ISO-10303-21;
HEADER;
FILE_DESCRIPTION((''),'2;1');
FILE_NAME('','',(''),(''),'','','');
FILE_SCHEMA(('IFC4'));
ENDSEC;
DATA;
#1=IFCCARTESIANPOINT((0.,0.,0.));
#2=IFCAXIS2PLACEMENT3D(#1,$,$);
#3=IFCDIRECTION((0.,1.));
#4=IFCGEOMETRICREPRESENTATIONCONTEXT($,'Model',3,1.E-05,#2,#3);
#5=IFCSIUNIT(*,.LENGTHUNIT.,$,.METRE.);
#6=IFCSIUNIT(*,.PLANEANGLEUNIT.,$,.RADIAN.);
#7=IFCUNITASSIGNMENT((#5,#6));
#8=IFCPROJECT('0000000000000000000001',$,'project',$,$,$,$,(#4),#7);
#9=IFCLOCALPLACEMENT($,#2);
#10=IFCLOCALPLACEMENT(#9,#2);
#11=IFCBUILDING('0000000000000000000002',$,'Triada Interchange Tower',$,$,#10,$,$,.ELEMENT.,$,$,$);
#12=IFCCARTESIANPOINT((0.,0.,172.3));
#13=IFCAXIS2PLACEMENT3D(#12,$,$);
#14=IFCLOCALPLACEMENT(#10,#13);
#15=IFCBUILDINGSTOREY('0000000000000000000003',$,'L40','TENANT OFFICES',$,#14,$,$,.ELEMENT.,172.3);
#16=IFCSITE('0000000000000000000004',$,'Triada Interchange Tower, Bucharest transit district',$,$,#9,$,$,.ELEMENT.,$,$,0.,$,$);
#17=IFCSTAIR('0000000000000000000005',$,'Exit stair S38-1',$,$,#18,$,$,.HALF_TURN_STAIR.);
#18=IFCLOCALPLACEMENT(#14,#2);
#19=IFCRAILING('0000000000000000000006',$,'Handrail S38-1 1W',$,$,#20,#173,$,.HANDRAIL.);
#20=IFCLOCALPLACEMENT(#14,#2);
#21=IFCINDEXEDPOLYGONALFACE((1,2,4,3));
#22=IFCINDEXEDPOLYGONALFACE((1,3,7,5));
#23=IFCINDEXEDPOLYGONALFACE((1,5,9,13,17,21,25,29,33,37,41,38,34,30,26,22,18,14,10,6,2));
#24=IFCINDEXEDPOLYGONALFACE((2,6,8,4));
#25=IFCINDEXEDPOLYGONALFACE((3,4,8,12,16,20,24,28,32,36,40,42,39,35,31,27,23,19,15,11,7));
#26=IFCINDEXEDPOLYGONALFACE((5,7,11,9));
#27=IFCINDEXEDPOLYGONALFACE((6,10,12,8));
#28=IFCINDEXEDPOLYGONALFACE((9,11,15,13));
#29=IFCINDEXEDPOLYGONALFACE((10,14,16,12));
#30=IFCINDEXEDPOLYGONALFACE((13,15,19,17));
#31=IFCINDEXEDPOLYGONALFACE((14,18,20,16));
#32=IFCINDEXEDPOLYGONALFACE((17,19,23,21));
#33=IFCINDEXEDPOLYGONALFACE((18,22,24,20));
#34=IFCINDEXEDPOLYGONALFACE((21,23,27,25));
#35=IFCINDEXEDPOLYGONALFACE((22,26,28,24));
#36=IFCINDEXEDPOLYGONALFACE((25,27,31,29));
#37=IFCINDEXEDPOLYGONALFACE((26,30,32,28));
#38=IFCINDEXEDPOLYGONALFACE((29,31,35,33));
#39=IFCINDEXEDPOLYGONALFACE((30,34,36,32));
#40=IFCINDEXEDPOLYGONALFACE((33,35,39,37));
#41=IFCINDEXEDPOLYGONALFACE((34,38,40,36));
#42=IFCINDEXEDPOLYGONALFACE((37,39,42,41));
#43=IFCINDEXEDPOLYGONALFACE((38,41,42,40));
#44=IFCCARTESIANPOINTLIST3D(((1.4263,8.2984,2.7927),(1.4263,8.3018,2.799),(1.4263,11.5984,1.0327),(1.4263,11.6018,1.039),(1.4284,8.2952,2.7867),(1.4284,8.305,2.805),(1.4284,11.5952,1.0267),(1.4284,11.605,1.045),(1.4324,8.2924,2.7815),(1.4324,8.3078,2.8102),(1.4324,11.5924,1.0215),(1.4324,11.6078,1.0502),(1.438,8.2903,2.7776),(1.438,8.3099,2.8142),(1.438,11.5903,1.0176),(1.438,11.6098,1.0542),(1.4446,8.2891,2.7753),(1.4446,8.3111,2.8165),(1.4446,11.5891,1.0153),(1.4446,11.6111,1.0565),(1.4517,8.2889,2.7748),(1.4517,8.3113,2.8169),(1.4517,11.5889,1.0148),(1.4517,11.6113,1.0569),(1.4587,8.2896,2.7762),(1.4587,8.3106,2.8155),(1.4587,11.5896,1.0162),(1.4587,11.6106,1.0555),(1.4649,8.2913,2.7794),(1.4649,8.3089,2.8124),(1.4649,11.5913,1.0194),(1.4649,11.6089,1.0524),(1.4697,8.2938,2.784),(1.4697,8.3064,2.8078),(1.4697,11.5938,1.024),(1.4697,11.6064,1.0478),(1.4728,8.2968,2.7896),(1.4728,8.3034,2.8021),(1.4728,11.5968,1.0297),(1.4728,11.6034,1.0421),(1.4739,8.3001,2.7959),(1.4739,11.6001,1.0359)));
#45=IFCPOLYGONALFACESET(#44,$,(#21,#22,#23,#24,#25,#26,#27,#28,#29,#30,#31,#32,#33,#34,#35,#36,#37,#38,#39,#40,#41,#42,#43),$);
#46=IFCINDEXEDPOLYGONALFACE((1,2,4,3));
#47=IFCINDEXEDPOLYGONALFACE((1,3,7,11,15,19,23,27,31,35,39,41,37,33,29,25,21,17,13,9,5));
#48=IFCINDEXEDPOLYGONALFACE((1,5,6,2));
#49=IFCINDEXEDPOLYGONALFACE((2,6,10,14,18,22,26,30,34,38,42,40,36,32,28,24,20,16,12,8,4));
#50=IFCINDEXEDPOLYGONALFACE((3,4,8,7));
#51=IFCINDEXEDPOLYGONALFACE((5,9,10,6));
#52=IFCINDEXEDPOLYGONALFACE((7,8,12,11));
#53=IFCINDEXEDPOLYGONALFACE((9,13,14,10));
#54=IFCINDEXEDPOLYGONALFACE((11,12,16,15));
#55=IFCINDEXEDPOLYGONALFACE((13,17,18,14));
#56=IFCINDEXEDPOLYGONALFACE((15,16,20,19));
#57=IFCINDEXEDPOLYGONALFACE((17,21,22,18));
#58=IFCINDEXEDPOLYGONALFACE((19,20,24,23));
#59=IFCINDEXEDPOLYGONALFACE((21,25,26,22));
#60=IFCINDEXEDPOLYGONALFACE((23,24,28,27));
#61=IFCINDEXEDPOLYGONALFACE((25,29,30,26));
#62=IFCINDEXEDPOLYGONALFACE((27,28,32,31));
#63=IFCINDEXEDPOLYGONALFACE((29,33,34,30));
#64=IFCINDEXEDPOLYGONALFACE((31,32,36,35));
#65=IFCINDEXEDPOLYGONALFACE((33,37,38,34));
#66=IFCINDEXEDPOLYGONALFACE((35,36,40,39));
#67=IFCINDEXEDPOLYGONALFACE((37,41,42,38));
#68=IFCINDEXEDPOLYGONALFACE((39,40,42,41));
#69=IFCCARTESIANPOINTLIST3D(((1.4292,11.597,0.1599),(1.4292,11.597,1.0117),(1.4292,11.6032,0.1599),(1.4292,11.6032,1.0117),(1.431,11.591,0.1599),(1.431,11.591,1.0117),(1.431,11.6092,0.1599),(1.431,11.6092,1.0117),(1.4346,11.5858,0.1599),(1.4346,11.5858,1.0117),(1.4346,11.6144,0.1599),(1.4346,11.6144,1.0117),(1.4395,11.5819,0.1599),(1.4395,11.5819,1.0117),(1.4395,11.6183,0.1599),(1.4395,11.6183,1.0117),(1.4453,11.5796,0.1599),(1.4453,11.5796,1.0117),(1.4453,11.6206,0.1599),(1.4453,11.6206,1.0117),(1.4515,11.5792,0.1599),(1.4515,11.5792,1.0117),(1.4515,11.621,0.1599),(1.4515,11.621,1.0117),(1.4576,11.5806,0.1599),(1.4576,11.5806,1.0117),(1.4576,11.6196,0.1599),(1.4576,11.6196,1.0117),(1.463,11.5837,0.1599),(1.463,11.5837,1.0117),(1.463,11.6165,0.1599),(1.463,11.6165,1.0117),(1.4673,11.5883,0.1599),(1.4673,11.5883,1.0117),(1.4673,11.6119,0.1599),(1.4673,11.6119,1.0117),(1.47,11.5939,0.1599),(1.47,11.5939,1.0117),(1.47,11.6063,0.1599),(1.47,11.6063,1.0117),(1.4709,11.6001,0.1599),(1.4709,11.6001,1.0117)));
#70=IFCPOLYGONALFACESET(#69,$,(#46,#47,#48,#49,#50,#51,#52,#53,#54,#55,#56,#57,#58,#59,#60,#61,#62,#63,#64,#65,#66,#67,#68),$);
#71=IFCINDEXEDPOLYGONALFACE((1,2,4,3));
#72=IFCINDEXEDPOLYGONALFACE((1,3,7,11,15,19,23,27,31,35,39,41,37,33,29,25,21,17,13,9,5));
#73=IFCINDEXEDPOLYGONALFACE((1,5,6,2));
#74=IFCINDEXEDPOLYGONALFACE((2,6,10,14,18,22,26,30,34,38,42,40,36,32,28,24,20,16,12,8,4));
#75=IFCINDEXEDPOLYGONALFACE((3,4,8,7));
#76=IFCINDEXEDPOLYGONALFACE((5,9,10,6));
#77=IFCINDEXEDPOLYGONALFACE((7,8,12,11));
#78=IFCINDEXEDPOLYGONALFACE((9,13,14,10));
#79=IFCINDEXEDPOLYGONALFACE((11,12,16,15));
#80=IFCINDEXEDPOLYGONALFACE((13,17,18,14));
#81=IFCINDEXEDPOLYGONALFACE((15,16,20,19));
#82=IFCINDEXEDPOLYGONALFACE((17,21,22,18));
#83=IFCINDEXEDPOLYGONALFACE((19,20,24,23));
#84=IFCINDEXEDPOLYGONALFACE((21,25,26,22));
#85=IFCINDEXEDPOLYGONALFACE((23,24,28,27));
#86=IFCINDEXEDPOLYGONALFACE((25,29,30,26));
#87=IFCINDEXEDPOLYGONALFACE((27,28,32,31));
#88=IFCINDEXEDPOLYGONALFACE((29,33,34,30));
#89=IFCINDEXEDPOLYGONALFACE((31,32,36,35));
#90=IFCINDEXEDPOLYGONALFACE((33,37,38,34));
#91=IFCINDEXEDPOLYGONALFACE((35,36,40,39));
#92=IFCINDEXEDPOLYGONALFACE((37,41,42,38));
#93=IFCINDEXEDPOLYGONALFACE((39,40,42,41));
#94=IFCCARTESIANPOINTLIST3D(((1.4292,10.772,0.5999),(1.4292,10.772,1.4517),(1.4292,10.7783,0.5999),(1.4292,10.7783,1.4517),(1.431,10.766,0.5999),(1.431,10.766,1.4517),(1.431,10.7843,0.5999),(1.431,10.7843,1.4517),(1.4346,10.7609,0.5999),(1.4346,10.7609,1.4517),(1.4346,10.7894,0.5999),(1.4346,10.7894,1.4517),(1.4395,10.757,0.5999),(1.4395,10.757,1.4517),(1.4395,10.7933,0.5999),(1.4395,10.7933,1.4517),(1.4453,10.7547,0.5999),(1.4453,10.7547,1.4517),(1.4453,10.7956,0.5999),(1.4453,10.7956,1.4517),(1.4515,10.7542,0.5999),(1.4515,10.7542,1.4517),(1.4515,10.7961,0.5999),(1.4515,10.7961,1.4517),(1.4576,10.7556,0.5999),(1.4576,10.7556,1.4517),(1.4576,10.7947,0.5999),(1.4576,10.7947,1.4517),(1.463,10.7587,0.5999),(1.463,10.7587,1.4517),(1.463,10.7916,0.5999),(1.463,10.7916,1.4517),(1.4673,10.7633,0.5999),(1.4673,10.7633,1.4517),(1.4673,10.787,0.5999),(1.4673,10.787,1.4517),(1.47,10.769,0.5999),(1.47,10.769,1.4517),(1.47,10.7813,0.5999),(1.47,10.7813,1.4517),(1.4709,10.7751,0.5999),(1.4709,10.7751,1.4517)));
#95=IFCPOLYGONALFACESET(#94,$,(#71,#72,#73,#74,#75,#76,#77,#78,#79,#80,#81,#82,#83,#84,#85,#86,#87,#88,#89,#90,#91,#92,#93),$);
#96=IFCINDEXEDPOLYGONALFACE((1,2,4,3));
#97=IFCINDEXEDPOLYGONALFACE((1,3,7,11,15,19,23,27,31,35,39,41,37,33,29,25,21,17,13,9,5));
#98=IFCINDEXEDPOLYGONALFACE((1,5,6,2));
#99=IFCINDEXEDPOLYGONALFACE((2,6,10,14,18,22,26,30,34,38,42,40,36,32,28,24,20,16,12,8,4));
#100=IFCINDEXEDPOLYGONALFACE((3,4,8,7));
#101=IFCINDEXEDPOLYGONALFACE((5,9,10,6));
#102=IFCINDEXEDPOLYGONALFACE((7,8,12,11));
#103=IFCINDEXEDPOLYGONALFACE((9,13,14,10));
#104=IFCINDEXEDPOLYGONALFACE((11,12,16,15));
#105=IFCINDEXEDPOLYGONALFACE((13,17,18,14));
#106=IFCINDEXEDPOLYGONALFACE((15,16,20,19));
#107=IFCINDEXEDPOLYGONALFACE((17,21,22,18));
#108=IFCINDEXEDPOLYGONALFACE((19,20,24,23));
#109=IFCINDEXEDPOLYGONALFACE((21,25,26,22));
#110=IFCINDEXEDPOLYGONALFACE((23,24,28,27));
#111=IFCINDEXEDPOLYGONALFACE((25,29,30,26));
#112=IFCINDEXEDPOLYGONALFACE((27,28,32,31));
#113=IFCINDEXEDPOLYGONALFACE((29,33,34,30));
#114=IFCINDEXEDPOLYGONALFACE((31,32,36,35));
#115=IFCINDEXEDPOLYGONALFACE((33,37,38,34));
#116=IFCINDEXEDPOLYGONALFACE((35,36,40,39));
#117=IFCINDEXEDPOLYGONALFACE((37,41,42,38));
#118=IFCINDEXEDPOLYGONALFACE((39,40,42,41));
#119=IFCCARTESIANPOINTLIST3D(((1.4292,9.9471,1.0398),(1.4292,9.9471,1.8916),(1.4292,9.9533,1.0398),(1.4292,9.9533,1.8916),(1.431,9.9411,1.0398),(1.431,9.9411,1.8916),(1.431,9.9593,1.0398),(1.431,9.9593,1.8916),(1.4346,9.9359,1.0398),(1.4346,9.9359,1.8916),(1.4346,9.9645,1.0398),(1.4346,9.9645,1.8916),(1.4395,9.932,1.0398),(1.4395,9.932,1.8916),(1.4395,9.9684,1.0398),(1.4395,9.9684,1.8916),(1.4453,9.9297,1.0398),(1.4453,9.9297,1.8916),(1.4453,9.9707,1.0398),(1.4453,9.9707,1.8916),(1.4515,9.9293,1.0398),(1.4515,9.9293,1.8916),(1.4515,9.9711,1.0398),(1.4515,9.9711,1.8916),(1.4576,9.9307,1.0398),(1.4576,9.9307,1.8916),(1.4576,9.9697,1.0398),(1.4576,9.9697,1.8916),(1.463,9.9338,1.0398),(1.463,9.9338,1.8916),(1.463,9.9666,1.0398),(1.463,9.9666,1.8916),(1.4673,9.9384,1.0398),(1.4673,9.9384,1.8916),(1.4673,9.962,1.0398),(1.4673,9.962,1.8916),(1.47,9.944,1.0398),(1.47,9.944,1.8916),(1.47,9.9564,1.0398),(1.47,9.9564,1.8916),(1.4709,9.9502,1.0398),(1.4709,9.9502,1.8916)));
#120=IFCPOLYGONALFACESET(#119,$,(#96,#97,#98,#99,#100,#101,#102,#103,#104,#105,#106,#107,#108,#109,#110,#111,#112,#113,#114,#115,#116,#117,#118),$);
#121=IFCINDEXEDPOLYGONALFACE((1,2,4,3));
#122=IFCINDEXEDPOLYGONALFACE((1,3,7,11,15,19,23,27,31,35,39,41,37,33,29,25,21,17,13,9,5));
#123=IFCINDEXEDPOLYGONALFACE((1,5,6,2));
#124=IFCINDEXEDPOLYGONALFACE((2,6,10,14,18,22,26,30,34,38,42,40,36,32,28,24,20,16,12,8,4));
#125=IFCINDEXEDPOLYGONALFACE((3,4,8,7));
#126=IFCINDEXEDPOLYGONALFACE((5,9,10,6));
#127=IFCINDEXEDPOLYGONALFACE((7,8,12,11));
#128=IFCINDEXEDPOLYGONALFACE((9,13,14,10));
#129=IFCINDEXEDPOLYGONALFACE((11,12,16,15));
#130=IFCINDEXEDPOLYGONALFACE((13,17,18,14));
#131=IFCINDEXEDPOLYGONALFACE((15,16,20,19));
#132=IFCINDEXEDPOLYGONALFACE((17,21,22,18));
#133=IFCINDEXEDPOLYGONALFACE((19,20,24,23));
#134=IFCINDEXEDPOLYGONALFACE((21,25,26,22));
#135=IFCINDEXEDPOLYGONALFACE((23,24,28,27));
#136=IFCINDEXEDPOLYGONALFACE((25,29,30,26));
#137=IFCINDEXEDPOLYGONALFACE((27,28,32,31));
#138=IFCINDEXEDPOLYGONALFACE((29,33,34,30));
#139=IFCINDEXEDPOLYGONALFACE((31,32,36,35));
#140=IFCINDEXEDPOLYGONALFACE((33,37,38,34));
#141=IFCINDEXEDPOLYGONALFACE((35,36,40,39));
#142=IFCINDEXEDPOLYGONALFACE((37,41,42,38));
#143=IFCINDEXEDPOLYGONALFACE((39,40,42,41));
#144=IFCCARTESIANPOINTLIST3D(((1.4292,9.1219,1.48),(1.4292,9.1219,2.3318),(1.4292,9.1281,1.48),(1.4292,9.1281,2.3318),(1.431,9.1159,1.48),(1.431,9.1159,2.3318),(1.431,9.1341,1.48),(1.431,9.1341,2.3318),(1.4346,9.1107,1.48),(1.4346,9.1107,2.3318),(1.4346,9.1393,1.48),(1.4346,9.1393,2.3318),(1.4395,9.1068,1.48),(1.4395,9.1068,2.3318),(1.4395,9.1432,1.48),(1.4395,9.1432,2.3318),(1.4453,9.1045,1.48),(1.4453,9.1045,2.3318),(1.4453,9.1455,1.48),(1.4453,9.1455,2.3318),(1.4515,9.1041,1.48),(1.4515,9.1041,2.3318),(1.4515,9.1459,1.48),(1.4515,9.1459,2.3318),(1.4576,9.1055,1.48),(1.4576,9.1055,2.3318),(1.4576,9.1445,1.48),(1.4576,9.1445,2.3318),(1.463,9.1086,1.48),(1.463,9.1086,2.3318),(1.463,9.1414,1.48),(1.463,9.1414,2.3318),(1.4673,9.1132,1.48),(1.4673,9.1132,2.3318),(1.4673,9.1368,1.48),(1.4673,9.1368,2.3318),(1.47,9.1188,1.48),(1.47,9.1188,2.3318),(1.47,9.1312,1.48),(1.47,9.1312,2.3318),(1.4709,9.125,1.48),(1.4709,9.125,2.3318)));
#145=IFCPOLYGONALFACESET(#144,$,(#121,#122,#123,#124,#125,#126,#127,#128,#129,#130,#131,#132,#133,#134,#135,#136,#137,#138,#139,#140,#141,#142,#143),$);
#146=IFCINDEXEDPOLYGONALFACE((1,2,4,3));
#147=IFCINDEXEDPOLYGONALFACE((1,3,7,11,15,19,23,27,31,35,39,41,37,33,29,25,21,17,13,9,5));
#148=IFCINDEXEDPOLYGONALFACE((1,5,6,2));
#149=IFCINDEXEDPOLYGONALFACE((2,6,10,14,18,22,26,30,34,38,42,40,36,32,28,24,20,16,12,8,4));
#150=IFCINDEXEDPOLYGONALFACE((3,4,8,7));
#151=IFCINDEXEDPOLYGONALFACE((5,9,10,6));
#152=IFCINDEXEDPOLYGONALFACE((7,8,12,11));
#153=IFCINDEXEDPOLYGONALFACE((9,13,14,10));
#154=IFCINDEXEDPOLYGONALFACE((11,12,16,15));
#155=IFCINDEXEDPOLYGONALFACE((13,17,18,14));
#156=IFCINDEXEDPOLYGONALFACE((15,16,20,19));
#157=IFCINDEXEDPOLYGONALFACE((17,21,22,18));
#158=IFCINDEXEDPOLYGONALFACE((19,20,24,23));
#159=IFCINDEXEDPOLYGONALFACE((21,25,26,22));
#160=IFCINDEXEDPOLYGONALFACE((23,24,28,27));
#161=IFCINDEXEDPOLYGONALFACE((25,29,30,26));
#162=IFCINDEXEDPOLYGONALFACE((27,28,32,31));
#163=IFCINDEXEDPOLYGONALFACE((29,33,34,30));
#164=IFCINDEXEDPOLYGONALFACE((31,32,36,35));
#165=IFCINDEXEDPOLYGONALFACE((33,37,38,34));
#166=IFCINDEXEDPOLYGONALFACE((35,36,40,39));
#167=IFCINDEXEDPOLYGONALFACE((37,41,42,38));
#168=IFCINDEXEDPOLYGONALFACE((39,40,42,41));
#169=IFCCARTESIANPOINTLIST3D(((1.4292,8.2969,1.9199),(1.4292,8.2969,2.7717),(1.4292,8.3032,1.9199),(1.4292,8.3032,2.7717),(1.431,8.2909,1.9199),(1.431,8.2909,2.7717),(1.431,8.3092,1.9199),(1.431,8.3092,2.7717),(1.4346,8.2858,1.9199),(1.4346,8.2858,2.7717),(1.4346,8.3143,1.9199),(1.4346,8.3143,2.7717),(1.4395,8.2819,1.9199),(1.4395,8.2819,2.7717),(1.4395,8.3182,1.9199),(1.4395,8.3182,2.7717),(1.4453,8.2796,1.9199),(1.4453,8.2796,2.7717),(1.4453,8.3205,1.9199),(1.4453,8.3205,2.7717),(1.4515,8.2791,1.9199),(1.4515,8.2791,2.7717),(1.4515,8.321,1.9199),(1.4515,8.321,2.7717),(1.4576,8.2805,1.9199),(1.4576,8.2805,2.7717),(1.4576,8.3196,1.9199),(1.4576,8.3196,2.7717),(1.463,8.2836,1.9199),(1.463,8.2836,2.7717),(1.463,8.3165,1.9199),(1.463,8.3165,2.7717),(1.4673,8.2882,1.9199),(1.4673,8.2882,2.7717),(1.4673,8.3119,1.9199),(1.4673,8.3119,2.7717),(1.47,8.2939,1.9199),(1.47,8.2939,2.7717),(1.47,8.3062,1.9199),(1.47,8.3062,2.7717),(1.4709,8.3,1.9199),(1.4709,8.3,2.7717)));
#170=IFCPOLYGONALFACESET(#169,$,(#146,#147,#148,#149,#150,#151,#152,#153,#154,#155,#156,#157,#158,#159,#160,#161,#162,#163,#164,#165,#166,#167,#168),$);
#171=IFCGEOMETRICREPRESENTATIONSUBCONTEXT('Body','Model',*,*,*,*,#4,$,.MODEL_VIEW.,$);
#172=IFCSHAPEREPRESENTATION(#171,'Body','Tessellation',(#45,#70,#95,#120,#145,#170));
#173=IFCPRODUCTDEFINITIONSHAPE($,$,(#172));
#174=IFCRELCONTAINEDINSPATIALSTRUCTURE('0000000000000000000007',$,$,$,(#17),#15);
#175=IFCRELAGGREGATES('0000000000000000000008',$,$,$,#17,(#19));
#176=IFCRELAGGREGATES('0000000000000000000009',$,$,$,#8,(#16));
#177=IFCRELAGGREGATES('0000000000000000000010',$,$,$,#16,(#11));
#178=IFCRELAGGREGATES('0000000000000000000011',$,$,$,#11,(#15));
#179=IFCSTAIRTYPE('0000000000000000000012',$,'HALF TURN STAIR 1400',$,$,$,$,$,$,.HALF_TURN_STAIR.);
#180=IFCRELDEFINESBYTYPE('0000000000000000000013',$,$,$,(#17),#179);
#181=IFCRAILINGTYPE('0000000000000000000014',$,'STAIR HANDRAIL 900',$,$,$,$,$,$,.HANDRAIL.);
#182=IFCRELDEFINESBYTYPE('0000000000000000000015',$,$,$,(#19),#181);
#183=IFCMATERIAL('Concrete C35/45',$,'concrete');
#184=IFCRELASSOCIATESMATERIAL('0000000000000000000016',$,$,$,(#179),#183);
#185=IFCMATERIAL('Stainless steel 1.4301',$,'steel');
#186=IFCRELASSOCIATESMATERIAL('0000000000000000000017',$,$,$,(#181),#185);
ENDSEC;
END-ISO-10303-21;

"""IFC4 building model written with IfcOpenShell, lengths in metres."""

from ifc_helpers import new_model, si_unit, direction, frame, origin, origin_2d, place, context, subcontext, project, spatial, circle, extrude, material, type_object, element, aggregate, save


model = new_model("IFC4")

# Units and contexts
model_context = context("Model", 3, precision=1e-05, world=origin(), true_north=direction((0.0, 1.0)))
body_context = subcontext(model_context, "Body", "Model", "MODEL_VIEW")
ifc_project = project(units=[si_unit("LENGTHUNIT", "METRE"), si_unit("PLANEANGLEUNIT", "RADIAN")], contexts=[model_context])

# Site, building, storey
site_placement = place(None, origin())
site = spatial("IfcSite", under=ifc_project, at=site_placement, Name="Triada Interchange Tower, Bucharest transit district", CompositionType="ELEMENT", RefElevation=0.0)
building_placement = place(site_placement, origin())
building = spatial("IfcBuilding", under=site, at=building_placement, Name="Triada Interchange Tower", CompositionType="ELEMENT")
storey_placement = place(building_placement, frame((0.0, 0.0, 172.3)))
storey = spatial("IfcBuildingStorey", under=building, at=storey_placement, Name="L40", Description="TENANT OFFICES", CompositionType="ELEMENT", Elevation=172.3)

# Stair
ifc_material_1 = material(Name="Concrete C35/45", Category="concrete")
stair_type = type_object("IfcStairType", Name="HALF TURN STAIR 1400", PredefinedType="HALF_TURN_STAIR", material=ifc_material_1)
stair_placement = place(storey_placement, origin())
stair = element("IfcStair", 1, at=stair_placement, inside=storey, type_object=stair_type, Name="Exit stair S38-1", PredefinedType="HALF_TURN_STAIR")

# Railing
ifc_material_2 = material(Name="Stainless steel 1.4301", Category="steel")
railing_type = type_object("IfcRailingType", Name="STAIR HANDRAIL 900", PredefinedType="HANDRAIL", material=ifc_material_2)
railing_1_placement = place(storey_placement, frame((1.45, 11.6001, 0.1599)))
railing_1 = element("IfcRailing", 2, at=railing_1_placement, type_object=railing_type, Name="Handrail S38-1 1W", PredefinedType="HANDRAIL", context=body_context, shape_type="SweptSolid", body=[
    extrude(circle(Radius=0.0239, at=origin_2d()), frame((0.0, 0.0, 0.876), z_axis=(0.0, -0.882355, 0.470585), x_axis=(1.0, 0.0, 0.0)), (0.0, 0.0, 1.0), 3.74),
    extrude(circle(Radius=0.021, at=origin_2d()), origin(), (0.0, 0.0, 1.0), 0.8518),
    extrude(circle(Radius=0.021, at=origin_2d()), frame((0.0, -0.825, 0.4399)), (0.0, 0.0, 1.0), 0.8518),
    extrude(circle(Radius=0.021, at=origin_2d()), frame((0.0, -1.6499, 0.8799)), (0.0, 0.0, 1.0), 0.8518),
    extrude(circle(Radius=0.021, at=origin_2d()), frame((0.0, -2.4751, 1.3201)), (0.0, 0.0, 1.0), 0.8518),
    extrude(circle(Radius=0.021, at=origin_2d()), frame((0.0, -3.3, 1.76)), (0.0, 0.0, 1.0), 0.8518),
])
aggregate(stair, [railing_1])

save(model, "model.ifc")
